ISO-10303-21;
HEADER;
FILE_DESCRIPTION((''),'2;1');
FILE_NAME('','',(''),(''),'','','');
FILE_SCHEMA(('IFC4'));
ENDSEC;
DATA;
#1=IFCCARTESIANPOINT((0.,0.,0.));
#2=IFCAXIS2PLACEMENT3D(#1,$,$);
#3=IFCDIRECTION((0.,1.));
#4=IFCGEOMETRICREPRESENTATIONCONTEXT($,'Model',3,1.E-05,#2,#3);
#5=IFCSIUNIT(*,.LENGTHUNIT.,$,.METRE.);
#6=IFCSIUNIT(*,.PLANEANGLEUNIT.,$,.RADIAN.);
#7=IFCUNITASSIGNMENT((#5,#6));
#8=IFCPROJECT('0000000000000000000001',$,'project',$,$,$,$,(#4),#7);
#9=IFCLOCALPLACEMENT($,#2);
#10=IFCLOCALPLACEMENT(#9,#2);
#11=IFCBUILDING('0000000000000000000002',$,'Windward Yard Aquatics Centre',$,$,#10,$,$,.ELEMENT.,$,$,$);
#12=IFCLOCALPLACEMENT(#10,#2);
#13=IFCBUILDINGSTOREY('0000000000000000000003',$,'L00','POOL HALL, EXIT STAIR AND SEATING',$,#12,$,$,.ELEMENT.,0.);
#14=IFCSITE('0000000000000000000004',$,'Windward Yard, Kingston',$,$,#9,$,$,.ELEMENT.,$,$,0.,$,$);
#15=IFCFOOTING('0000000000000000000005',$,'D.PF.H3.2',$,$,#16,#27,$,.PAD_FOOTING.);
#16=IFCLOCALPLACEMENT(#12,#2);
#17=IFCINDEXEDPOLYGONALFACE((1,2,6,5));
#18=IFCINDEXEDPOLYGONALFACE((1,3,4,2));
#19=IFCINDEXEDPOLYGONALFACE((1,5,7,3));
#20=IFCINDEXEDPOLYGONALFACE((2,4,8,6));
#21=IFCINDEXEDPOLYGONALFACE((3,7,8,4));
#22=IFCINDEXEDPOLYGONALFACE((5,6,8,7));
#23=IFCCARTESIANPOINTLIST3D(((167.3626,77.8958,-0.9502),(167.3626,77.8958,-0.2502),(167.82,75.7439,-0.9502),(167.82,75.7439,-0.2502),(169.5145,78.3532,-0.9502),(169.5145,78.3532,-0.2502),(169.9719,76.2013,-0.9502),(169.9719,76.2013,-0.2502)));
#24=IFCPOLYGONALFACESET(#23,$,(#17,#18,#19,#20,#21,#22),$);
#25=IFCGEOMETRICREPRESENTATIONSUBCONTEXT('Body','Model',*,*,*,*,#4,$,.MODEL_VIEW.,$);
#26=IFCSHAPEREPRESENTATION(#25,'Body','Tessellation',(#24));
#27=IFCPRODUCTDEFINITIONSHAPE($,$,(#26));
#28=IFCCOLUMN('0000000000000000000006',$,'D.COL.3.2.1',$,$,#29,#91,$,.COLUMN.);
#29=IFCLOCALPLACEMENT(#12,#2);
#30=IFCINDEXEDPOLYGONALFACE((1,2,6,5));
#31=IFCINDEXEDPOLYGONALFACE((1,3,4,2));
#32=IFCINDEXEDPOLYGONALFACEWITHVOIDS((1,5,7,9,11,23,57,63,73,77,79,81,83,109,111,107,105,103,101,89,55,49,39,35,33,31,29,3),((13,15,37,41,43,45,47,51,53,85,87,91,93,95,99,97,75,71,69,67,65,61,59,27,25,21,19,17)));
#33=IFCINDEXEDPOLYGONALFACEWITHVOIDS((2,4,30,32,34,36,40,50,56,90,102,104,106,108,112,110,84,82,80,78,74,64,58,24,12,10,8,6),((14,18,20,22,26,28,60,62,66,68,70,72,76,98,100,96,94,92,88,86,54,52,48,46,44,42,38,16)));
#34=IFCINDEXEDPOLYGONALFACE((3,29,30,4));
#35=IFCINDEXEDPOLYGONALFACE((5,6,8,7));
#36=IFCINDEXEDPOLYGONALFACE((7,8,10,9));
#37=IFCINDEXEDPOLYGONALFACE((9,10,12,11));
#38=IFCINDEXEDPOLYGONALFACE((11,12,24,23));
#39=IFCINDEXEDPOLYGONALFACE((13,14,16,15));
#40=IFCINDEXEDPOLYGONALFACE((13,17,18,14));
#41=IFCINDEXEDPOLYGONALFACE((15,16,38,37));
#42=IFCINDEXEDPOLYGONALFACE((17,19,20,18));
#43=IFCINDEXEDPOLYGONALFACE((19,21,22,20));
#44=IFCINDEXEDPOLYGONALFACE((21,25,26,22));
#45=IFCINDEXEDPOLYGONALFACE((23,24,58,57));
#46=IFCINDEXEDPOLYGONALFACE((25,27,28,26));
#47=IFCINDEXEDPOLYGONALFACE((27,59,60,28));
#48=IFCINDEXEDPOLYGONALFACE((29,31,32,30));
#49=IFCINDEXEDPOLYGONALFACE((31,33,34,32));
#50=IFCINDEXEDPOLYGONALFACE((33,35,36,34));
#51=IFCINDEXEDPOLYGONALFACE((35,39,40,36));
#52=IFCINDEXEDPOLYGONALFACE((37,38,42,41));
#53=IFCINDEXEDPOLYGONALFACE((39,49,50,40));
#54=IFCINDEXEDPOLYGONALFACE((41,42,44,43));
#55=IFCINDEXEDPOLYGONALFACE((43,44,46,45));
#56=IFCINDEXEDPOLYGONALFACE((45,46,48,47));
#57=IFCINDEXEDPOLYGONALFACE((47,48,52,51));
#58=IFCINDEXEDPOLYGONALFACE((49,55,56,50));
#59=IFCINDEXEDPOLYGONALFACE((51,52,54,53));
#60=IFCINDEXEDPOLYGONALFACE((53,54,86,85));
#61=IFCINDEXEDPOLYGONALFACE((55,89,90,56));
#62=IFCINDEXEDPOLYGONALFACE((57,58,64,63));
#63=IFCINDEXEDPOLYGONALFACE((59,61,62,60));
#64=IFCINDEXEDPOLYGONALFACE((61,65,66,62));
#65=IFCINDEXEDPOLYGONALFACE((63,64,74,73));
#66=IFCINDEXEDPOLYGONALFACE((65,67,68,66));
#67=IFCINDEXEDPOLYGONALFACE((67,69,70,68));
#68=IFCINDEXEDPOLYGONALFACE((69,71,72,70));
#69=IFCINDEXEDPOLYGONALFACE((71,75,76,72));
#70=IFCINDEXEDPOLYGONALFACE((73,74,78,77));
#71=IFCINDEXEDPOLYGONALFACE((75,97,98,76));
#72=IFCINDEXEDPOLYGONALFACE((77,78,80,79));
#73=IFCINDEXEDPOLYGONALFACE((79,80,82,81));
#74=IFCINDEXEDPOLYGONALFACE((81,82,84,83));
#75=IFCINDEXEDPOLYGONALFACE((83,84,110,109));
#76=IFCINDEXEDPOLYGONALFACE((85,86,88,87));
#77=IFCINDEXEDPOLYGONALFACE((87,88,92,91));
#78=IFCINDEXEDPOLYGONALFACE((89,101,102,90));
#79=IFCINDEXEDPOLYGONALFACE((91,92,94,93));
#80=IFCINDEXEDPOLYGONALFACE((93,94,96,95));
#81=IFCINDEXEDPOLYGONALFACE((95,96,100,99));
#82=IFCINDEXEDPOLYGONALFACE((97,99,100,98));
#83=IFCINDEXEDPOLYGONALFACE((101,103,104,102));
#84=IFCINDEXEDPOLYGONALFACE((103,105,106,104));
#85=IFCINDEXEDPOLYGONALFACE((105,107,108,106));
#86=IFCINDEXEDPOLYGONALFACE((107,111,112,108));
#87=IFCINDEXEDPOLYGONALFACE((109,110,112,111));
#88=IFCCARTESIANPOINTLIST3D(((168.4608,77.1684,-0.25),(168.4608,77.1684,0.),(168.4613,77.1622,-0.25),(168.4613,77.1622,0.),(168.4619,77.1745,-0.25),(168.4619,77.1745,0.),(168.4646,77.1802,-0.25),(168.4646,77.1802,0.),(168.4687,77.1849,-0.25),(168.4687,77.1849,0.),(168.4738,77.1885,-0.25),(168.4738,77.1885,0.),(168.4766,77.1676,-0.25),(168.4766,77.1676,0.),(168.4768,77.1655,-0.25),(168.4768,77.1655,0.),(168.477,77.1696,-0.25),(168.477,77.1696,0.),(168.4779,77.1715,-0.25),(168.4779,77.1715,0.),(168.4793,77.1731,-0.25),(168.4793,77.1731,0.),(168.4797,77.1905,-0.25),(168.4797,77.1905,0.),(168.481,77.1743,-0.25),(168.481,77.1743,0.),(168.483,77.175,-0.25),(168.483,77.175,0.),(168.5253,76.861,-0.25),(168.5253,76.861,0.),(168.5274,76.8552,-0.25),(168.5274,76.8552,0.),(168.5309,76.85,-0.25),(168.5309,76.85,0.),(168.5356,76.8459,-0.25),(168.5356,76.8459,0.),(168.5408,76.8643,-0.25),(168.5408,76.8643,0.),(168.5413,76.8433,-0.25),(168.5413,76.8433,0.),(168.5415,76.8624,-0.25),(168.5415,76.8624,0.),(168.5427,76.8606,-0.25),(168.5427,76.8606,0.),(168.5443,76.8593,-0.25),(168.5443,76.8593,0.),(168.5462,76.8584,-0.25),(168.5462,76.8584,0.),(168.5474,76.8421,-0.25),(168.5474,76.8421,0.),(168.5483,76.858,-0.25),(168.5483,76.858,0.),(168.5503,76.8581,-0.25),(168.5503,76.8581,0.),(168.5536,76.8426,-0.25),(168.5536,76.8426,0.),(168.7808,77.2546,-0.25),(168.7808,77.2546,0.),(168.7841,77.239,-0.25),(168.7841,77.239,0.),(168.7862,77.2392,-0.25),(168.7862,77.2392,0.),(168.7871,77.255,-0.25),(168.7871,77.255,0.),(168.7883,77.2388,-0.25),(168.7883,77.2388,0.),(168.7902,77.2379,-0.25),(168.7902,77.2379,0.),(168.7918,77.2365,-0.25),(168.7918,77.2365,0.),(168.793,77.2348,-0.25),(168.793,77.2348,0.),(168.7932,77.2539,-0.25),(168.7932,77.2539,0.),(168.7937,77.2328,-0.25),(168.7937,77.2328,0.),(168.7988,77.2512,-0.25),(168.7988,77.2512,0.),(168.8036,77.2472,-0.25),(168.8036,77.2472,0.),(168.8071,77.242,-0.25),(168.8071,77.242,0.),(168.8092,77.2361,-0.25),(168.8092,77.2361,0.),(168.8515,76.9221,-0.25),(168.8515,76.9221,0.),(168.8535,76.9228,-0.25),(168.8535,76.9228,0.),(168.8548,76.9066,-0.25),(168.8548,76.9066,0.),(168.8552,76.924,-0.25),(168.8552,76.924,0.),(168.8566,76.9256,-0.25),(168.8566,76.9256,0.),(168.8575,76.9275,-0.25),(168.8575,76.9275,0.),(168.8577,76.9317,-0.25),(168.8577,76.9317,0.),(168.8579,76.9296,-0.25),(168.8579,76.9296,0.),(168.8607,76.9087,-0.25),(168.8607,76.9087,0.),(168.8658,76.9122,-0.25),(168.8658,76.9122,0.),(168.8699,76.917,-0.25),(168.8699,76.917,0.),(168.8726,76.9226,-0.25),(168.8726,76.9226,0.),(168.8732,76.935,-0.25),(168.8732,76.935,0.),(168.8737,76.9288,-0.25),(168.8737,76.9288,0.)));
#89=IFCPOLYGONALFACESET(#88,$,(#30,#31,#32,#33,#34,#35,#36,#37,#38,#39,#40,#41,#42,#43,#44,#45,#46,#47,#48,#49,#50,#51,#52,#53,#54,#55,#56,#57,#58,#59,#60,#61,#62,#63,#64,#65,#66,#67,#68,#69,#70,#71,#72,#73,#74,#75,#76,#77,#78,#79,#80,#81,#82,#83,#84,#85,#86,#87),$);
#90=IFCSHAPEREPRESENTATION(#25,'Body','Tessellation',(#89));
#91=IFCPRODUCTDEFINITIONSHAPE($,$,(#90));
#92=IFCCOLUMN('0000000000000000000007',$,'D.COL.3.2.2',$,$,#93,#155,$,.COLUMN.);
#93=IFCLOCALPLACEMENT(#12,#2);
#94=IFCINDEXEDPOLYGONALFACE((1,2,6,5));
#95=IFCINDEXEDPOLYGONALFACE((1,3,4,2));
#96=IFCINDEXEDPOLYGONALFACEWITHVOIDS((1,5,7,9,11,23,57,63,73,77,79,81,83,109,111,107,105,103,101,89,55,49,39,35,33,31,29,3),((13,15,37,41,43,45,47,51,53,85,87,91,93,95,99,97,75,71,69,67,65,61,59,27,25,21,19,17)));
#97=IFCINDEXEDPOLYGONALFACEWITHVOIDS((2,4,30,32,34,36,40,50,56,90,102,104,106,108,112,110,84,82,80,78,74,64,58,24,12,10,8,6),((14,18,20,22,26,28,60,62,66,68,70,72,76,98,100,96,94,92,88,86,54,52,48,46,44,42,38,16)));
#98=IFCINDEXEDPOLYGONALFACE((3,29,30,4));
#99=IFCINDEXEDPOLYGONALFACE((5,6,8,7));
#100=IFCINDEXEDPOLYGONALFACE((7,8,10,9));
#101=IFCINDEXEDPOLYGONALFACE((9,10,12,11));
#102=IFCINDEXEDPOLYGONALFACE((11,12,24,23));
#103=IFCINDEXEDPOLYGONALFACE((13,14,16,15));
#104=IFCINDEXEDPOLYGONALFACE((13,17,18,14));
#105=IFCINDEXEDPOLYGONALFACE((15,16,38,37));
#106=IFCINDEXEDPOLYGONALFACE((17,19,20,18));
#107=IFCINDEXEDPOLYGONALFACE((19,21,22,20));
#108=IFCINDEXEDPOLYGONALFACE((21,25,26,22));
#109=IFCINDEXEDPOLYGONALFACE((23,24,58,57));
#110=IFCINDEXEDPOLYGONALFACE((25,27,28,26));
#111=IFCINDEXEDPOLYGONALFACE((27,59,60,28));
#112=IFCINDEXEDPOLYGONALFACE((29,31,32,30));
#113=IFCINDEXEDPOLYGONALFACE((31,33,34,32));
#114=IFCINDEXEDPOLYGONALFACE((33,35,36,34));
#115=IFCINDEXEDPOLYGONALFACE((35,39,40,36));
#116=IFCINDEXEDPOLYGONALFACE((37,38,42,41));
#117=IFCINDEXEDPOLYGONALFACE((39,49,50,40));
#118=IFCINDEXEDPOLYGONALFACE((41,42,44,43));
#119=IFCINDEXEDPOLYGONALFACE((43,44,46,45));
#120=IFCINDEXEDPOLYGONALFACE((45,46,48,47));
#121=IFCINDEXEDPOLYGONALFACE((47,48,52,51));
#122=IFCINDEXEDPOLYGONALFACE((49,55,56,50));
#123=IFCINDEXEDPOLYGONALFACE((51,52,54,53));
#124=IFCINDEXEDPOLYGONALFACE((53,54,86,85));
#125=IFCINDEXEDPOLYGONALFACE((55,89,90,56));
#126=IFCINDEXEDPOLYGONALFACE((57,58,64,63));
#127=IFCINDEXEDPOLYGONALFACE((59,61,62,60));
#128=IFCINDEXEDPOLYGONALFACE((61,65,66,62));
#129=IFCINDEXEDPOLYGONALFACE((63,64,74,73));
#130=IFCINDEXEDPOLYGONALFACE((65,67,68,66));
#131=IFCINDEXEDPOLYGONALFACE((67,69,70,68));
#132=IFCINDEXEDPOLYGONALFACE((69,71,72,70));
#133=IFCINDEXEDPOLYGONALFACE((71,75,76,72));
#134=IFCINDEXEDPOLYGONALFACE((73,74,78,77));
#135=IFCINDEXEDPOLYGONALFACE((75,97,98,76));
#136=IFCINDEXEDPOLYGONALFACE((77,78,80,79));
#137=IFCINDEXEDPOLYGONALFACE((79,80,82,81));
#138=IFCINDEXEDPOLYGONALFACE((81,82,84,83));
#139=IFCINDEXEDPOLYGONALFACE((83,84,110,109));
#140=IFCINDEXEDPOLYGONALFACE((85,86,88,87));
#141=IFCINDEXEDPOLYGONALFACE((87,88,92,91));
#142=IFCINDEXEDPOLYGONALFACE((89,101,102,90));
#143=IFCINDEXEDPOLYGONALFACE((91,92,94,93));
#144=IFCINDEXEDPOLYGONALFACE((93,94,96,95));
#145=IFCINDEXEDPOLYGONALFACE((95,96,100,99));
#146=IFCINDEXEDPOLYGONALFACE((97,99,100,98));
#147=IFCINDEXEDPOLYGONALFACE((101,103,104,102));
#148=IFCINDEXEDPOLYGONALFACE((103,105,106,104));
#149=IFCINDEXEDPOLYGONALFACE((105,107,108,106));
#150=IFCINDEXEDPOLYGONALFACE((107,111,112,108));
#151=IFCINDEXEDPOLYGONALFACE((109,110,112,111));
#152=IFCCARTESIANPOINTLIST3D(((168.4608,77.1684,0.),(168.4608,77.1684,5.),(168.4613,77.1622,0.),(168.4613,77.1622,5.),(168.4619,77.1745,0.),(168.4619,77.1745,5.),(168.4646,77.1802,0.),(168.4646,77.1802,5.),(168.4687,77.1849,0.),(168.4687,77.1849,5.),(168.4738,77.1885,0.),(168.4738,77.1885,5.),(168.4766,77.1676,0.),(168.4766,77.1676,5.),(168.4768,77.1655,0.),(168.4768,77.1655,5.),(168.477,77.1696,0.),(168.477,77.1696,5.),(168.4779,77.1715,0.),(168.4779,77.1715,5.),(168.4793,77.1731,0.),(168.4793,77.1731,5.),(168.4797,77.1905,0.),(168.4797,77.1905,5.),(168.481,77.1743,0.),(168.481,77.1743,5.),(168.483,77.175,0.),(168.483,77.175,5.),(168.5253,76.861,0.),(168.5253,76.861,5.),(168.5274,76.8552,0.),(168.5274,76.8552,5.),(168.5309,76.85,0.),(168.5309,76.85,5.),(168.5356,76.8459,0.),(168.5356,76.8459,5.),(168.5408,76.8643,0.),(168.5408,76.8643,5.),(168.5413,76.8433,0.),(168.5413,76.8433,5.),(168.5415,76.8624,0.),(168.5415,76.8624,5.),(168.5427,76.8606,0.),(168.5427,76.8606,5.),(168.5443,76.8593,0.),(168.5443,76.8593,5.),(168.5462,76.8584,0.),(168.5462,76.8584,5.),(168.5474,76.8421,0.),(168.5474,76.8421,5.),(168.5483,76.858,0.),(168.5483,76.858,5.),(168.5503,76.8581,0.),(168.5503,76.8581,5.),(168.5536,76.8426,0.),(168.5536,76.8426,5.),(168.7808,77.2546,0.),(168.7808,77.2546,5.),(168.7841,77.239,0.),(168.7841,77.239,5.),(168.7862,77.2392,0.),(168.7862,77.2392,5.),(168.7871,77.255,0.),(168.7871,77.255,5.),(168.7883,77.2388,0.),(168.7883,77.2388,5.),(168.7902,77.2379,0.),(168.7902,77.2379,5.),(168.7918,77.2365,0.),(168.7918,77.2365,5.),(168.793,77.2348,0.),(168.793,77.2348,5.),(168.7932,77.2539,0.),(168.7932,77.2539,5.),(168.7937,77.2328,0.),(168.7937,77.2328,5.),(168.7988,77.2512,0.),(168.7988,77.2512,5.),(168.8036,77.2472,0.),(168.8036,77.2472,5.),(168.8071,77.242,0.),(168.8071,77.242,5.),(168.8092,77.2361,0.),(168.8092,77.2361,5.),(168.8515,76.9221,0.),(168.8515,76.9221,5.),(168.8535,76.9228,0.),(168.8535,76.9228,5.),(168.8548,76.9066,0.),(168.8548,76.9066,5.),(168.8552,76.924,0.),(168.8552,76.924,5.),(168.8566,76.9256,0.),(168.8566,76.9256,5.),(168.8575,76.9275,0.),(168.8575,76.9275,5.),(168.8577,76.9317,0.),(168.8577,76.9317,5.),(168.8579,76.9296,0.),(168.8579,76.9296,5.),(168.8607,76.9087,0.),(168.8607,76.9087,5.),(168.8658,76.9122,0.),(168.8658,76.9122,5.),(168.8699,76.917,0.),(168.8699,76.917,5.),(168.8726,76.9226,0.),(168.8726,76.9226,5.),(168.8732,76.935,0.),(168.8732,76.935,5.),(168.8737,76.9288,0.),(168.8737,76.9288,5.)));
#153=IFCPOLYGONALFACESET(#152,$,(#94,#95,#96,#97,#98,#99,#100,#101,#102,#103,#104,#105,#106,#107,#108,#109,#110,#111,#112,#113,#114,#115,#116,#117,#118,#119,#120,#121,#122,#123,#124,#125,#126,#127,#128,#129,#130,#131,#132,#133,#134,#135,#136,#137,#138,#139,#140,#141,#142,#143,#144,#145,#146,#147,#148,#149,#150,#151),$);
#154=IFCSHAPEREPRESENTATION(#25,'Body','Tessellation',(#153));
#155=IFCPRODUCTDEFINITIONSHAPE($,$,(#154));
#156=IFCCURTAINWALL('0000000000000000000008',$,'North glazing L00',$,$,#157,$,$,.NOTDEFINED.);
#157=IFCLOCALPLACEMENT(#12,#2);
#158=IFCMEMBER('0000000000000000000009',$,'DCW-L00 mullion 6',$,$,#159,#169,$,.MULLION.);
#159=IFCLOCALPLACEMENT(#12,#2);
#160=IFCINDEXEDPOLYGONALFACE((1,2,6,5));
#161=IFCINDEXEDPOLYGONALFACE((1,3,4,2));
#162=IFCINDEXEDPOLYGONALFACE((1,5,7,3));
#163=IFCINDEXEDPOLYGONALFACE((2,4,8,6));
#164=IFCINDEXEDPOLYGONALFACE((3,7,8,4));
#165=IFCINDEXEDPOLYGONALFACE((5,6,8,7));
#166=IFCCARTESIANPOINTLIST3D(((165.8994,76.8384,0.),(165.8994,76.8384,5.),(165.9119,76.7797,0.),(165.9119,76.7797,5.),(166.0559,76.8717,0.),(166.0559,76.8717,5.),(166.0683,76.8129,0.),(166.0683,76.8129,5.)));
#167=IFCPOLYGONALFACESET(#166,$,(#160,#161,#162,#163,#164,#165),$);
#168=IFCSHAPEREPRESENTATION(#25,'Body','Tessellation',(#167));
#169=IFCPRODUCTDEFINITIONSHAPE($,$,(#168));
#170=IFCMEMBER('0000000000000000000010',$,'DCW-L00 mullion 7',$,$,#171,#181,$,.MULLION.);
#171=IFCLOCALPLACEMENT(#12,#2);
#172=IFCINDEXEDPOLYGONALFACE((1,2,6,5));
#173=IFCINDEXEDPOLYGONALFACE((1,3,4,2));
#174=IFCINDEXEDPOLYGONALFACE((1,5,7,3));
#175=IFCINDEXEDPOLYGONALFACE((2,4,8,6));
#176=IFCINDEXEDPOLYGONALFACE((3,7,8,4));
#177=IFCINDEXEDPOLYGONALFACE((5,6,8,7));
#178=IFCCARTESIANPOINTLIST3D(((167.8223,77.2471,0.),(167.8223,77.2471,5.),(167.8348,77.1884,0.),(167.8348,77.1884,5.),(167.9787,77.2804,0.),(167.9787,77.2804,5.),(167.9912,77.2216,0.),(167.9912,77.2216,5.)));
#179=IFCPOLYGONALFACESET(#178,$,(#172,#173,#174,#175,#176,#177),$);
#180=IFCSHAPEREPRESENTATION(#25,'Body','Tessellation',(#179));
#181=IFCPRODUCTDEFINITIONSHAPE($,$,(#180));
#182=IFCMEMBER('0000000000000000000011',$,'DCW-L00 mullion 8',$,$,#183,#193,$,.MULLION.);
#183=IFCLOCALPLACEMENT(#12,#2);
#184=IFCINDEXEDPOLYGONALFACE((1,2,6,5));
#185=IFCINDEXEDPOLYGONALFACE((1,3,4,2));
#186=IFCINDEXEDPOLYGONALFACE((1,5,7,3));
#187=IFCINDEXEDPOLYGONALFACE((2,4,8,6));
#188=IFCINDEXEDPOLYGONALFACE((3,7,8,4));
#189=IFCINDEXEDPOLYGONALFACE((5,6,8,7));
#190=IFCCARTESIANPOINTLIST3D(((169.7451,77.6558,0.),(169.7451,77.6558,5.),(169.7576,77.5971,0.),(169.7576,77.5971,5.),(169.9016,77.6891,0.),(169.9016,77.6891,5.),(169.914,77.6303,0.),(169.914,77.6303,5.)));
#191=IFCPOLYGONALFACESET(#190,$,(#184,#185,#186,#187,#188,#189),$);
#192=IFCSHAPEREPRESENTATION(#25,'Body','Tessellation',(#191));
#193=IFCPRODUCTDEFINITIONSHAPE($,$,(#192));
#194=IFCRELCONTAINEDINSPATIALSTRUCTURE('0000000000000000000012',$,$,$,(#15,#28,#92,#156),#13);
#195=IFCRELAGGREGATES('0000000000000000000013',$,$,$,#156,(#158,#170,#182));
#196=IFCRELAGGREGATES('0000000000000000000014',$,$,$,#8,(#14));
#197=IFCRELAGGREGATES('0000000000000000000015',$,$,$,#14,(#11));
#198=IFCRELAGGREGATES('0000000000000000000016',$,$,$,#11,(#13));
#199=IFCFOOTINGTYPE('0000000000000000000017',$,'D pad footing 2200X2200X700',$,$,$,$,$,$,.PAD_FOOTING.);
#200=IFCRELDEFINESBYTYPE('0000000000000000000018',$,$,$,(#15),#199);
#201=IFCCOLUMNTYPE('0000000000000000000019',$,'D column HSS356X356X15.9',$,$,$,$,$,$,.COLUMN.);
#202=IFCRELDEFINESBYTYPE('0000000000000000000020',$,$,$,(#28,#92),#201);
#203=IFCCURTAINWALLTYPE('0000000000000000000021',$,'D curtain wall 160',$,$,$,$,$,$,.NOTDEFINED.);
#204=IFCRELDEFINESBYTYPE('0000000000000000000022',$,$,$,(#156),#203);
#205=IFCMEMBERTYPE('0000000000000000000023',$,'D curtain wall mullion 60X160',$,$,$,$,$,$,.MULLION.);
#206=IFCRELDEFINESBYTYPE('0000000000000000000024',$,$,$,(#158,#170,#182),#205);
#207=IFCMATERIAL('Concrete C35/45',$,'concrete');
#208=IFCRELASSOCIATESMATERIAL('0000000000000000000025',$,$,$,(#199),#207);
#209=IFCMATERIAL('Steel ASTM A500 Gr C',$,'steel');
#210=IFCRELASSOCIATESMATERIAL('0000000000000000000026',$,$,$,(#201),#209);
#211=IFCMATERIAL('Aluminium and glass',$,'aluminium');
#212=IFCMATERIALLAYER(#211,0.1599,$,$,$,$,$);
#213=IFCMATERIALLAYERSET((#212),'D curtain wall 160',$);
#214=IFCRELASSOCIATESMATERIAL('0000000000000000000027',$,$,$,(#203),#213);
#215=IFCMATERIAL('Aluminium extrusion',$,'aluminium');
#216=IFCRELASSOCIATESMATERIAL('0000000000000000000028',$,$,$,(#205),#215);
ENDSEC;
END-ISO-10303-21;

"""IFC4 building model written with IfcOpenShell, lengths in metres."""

from ifc_helpers import new_model, si_unit, direction, frame, origin, origin_2d, place, context, subcontext, project, spatial, rectangle, hollow_rectangle, extrude, material, layer, layer_set, material_profile, profile_set, type_object, element, aggregate, save


model = new_model("IFC4")

# Units and contexts
model_context = context("Model", 3, precision=1e-05, world=origin(), true_north=direction((0.0, 1.0)))
body_context = subcontext(model_context, "Body", "Model", "MODEL_VIEW")
ifc_project = project(units=[si_unit("LENGTHUNIT", "METRE"), si_unit("PLANEANGLEUNIT", "RADIAN")], contexts=[model_context])

# Site, building, storey
site_placement = place(None, origin())
site = spatial("IfcSite", under=ifc_project, at=site_placement, Name="Windward Yard, Kingston", CompositionType="ELEMENT", RefElevation=0.0)
building_placement = place(site_placement, origin())
building = spatial("IfcBuilding", under=site, at=building_placement, Name="Windward Yard Aquatics Centre", CompositionType="ELEMENT")
storey_placement = place(building_placement, origin())
storey = spatial("IfcBuildingStorey", under=building, at=storey_placement, Name="L00", Description="POOL HALL, EXIT STAIR AND SEATING", CompositionType="ELEMENT", Elevation=0.0)

# Footing
ifc_material_1 = material(Name="Concrete C35/45", Category="concrete")
footing_type = type_object("IfcFootingType", Name="D pad footing 2200X2200X700", PredefinedType="PAD_FOOTING", material=ifc_material_1)
footing_placement = place(storey_placement, frame((168.6672, 77.0486, -0.9502), z_axis=(0.0, 0.0, 1.0), x_axis=(0.978148, 0.207912, 0.0)))
element("IfcFooting", 1, at=footing_placement, inside=storey, type_object=footing_type, Name="D.PF.H3.2", PredefinedType="PAD_FOOTING", context=body_context, shape_type="SweptSolid", body=[
    extrude(rectangle(XDim=2.2, YDim=2.2, at=origin_2d()), origin(), (0.0, 0.0, 1.0), 0.7),
])

# Columns
ifc_material_2 = material(Name="Steel ASTM A500 Gr C", Category="steel")
ifc_material_profile_1 = material_profile(ifc_material_2, hollow_rectangle(XDim=0.3557, YDim=0.3557, WallThickness=0.0159, InnerFilletRadius=0.0081, OuterFilletRadius=0.0239, at=origin_2d()), Name="HSS356X356X15.9")
ifc_profile_set_1 = profile_set([ifc_material_profile_1], Name="Steel ASTM A500 Gr C")
column_type = type_object("IfcColumnType", Name="D column HSS356X356X15.9", PredefinedType="COLUMN", material=ifc_profile_set_1)
column_1_placement = place(storey_placement, frame((168.6672, 77.0486, -0.25), z_axis=(0.0, 0.0, 1.0), x_axis=(0.978148, 0.207912, 0.0)))
element("IfcColumn", 2, at=column_1_placement, inside=storey, type_object=column_type, Name="D.COL.3.2.1", PredefinedType="COLUMN", context=body_context, shape_type="SweptSolid", body=[
    extrude(hollow_rectangle(XDim=0.3557, YDim=0.3557, WallThickness=0.0159, InnerFilletRadius=0.0081, OuterFilletRadius=0.0239, at=origin_2d()), origin(), (0.0, 0.0, 1.0), 0.25),
])
column_2_placement = place(storey_placement, frame((168.6672, 77.0486, 0.0), z_axis=(0.0, 0.0, 1.0), x_axis=(0.978148, 0.207912, 0.0)))
element("IfcColumn", 3, at=column_2_placement, inside=storey, type_object=column_type, Name="D.COL.3.2.2", PredefinedType="COLUMN", context=body_context, shape_type="SweptSolid", body=[
    extrude(hollow_rectangle(XDim=0.3557, YDim=0.3557, WallThickness=0.0159, InnerFilletRadius=0.0081, OuterFilletRadius=0.0239, at=origin_2d()), origin(), (0.0, 0.0, 1.0), 5.0),
])

# Curtain wall, members
ifc_material_3 = material(Name="Aluminium and glass", Category="aluminium")
ifc_layer_1 = layer(ifc_material_3, 0.1599)
ifc_layer_set_1 = layer_set([ifc_layer_1], Name="D curtain wall 160")
curtain_wall_type = type_object("IfcCurtainWallType", Name="D curtain wall 160", PredefinedType="NOTDEFINED", material=ifc_layer_set_1)
curtain_wall_placement = place(storey_placement, origin())
curtain_wall = element("IfcCurtainWall", 4, at=curtain_wall_placement, inside=storey, type_object=curtain_wall_type, Name="North glazing L00", PredefinedType="NOTDEFINED")
ifc_material_4 = material(Name="Aluminium extrusion", Category="aluminium")
ifc_material_profile_2 = material_profile(ifc_material_4, rectangle(XDim=0.0601, YDim=0.1599, at=origin_2d()), Name="MULLION 60X160")
ifc_profile_set_2 = profile_set([ifc_material_profile_2], Name="Aluminium extrusion")
member_type_1 = type_object("IfcMemberType", Name="D curtain wall mullion 60X160", PredefinedType="MULLION", material=ifc_profile_set_2)
member_1_placement = place(storey_placement, frame((165.9839, 76.8257, 0.0), z_axis=(0.0, 0.0, 1.0), x_axis=(-0.207912, 0.978148, 0.0)))
member_1 = element("IfcMember", 5, at=member_1_placement, type_object=member_type_1, Name="DCW-L00 mullion 6", PredefinedType="MULLION", context=body_context, shape_type="SweptSolid", body=[
    extrude(rectangle(XDim=0.0601, YDim=0.1599, at=origin_2d()), origin(), (0.0, 0.0, 1.0), 5.0),
])
member_2_placement = place(storey_placement, frame((167.9067, 77.2344, 0.0), z_axis=(0.0, 0.0, 1.0), x_axis=(-0.207912, 0.978148, 0.0)))
member_2 = element("IfcMember", 6, at=member_2_placement, type_object=member_type_1, Name="DCW-L00 mullion 7", PredefinedType="MULLION", context=body_context, shape_type="SweptSolid", body=[
    extrude(rectangle(XDim=0.0601, YDim=0.1599, at=origin_2d()), origin(), (0.0, 0.0, 1.0), 5.0),
])
member_3_placement = place(storey_placement, frame((169.8296, 77.6431, 0.0), z_axis=(0.0, 0.0, 1.0), x_axis=(-0.207912, 0.978148, 0.0)))
member_3 = element("IfcMember", 7, at=member_3_placement, type_object=member_type_1, Name="DCW-L00 mullion 8", PredefinedType="MULLION", context=body_context, shape_type="SweptSolid", body=[
    extrude(rectangle(XDim=0.0601, YDim=0.1599, at=origin_2d()), origin(), (0.0, 0.0, 1.0), 5.0),
])
aggregate(curtain_wall, [member_1, member_2, member_3])

save(model, "model.ifc")
